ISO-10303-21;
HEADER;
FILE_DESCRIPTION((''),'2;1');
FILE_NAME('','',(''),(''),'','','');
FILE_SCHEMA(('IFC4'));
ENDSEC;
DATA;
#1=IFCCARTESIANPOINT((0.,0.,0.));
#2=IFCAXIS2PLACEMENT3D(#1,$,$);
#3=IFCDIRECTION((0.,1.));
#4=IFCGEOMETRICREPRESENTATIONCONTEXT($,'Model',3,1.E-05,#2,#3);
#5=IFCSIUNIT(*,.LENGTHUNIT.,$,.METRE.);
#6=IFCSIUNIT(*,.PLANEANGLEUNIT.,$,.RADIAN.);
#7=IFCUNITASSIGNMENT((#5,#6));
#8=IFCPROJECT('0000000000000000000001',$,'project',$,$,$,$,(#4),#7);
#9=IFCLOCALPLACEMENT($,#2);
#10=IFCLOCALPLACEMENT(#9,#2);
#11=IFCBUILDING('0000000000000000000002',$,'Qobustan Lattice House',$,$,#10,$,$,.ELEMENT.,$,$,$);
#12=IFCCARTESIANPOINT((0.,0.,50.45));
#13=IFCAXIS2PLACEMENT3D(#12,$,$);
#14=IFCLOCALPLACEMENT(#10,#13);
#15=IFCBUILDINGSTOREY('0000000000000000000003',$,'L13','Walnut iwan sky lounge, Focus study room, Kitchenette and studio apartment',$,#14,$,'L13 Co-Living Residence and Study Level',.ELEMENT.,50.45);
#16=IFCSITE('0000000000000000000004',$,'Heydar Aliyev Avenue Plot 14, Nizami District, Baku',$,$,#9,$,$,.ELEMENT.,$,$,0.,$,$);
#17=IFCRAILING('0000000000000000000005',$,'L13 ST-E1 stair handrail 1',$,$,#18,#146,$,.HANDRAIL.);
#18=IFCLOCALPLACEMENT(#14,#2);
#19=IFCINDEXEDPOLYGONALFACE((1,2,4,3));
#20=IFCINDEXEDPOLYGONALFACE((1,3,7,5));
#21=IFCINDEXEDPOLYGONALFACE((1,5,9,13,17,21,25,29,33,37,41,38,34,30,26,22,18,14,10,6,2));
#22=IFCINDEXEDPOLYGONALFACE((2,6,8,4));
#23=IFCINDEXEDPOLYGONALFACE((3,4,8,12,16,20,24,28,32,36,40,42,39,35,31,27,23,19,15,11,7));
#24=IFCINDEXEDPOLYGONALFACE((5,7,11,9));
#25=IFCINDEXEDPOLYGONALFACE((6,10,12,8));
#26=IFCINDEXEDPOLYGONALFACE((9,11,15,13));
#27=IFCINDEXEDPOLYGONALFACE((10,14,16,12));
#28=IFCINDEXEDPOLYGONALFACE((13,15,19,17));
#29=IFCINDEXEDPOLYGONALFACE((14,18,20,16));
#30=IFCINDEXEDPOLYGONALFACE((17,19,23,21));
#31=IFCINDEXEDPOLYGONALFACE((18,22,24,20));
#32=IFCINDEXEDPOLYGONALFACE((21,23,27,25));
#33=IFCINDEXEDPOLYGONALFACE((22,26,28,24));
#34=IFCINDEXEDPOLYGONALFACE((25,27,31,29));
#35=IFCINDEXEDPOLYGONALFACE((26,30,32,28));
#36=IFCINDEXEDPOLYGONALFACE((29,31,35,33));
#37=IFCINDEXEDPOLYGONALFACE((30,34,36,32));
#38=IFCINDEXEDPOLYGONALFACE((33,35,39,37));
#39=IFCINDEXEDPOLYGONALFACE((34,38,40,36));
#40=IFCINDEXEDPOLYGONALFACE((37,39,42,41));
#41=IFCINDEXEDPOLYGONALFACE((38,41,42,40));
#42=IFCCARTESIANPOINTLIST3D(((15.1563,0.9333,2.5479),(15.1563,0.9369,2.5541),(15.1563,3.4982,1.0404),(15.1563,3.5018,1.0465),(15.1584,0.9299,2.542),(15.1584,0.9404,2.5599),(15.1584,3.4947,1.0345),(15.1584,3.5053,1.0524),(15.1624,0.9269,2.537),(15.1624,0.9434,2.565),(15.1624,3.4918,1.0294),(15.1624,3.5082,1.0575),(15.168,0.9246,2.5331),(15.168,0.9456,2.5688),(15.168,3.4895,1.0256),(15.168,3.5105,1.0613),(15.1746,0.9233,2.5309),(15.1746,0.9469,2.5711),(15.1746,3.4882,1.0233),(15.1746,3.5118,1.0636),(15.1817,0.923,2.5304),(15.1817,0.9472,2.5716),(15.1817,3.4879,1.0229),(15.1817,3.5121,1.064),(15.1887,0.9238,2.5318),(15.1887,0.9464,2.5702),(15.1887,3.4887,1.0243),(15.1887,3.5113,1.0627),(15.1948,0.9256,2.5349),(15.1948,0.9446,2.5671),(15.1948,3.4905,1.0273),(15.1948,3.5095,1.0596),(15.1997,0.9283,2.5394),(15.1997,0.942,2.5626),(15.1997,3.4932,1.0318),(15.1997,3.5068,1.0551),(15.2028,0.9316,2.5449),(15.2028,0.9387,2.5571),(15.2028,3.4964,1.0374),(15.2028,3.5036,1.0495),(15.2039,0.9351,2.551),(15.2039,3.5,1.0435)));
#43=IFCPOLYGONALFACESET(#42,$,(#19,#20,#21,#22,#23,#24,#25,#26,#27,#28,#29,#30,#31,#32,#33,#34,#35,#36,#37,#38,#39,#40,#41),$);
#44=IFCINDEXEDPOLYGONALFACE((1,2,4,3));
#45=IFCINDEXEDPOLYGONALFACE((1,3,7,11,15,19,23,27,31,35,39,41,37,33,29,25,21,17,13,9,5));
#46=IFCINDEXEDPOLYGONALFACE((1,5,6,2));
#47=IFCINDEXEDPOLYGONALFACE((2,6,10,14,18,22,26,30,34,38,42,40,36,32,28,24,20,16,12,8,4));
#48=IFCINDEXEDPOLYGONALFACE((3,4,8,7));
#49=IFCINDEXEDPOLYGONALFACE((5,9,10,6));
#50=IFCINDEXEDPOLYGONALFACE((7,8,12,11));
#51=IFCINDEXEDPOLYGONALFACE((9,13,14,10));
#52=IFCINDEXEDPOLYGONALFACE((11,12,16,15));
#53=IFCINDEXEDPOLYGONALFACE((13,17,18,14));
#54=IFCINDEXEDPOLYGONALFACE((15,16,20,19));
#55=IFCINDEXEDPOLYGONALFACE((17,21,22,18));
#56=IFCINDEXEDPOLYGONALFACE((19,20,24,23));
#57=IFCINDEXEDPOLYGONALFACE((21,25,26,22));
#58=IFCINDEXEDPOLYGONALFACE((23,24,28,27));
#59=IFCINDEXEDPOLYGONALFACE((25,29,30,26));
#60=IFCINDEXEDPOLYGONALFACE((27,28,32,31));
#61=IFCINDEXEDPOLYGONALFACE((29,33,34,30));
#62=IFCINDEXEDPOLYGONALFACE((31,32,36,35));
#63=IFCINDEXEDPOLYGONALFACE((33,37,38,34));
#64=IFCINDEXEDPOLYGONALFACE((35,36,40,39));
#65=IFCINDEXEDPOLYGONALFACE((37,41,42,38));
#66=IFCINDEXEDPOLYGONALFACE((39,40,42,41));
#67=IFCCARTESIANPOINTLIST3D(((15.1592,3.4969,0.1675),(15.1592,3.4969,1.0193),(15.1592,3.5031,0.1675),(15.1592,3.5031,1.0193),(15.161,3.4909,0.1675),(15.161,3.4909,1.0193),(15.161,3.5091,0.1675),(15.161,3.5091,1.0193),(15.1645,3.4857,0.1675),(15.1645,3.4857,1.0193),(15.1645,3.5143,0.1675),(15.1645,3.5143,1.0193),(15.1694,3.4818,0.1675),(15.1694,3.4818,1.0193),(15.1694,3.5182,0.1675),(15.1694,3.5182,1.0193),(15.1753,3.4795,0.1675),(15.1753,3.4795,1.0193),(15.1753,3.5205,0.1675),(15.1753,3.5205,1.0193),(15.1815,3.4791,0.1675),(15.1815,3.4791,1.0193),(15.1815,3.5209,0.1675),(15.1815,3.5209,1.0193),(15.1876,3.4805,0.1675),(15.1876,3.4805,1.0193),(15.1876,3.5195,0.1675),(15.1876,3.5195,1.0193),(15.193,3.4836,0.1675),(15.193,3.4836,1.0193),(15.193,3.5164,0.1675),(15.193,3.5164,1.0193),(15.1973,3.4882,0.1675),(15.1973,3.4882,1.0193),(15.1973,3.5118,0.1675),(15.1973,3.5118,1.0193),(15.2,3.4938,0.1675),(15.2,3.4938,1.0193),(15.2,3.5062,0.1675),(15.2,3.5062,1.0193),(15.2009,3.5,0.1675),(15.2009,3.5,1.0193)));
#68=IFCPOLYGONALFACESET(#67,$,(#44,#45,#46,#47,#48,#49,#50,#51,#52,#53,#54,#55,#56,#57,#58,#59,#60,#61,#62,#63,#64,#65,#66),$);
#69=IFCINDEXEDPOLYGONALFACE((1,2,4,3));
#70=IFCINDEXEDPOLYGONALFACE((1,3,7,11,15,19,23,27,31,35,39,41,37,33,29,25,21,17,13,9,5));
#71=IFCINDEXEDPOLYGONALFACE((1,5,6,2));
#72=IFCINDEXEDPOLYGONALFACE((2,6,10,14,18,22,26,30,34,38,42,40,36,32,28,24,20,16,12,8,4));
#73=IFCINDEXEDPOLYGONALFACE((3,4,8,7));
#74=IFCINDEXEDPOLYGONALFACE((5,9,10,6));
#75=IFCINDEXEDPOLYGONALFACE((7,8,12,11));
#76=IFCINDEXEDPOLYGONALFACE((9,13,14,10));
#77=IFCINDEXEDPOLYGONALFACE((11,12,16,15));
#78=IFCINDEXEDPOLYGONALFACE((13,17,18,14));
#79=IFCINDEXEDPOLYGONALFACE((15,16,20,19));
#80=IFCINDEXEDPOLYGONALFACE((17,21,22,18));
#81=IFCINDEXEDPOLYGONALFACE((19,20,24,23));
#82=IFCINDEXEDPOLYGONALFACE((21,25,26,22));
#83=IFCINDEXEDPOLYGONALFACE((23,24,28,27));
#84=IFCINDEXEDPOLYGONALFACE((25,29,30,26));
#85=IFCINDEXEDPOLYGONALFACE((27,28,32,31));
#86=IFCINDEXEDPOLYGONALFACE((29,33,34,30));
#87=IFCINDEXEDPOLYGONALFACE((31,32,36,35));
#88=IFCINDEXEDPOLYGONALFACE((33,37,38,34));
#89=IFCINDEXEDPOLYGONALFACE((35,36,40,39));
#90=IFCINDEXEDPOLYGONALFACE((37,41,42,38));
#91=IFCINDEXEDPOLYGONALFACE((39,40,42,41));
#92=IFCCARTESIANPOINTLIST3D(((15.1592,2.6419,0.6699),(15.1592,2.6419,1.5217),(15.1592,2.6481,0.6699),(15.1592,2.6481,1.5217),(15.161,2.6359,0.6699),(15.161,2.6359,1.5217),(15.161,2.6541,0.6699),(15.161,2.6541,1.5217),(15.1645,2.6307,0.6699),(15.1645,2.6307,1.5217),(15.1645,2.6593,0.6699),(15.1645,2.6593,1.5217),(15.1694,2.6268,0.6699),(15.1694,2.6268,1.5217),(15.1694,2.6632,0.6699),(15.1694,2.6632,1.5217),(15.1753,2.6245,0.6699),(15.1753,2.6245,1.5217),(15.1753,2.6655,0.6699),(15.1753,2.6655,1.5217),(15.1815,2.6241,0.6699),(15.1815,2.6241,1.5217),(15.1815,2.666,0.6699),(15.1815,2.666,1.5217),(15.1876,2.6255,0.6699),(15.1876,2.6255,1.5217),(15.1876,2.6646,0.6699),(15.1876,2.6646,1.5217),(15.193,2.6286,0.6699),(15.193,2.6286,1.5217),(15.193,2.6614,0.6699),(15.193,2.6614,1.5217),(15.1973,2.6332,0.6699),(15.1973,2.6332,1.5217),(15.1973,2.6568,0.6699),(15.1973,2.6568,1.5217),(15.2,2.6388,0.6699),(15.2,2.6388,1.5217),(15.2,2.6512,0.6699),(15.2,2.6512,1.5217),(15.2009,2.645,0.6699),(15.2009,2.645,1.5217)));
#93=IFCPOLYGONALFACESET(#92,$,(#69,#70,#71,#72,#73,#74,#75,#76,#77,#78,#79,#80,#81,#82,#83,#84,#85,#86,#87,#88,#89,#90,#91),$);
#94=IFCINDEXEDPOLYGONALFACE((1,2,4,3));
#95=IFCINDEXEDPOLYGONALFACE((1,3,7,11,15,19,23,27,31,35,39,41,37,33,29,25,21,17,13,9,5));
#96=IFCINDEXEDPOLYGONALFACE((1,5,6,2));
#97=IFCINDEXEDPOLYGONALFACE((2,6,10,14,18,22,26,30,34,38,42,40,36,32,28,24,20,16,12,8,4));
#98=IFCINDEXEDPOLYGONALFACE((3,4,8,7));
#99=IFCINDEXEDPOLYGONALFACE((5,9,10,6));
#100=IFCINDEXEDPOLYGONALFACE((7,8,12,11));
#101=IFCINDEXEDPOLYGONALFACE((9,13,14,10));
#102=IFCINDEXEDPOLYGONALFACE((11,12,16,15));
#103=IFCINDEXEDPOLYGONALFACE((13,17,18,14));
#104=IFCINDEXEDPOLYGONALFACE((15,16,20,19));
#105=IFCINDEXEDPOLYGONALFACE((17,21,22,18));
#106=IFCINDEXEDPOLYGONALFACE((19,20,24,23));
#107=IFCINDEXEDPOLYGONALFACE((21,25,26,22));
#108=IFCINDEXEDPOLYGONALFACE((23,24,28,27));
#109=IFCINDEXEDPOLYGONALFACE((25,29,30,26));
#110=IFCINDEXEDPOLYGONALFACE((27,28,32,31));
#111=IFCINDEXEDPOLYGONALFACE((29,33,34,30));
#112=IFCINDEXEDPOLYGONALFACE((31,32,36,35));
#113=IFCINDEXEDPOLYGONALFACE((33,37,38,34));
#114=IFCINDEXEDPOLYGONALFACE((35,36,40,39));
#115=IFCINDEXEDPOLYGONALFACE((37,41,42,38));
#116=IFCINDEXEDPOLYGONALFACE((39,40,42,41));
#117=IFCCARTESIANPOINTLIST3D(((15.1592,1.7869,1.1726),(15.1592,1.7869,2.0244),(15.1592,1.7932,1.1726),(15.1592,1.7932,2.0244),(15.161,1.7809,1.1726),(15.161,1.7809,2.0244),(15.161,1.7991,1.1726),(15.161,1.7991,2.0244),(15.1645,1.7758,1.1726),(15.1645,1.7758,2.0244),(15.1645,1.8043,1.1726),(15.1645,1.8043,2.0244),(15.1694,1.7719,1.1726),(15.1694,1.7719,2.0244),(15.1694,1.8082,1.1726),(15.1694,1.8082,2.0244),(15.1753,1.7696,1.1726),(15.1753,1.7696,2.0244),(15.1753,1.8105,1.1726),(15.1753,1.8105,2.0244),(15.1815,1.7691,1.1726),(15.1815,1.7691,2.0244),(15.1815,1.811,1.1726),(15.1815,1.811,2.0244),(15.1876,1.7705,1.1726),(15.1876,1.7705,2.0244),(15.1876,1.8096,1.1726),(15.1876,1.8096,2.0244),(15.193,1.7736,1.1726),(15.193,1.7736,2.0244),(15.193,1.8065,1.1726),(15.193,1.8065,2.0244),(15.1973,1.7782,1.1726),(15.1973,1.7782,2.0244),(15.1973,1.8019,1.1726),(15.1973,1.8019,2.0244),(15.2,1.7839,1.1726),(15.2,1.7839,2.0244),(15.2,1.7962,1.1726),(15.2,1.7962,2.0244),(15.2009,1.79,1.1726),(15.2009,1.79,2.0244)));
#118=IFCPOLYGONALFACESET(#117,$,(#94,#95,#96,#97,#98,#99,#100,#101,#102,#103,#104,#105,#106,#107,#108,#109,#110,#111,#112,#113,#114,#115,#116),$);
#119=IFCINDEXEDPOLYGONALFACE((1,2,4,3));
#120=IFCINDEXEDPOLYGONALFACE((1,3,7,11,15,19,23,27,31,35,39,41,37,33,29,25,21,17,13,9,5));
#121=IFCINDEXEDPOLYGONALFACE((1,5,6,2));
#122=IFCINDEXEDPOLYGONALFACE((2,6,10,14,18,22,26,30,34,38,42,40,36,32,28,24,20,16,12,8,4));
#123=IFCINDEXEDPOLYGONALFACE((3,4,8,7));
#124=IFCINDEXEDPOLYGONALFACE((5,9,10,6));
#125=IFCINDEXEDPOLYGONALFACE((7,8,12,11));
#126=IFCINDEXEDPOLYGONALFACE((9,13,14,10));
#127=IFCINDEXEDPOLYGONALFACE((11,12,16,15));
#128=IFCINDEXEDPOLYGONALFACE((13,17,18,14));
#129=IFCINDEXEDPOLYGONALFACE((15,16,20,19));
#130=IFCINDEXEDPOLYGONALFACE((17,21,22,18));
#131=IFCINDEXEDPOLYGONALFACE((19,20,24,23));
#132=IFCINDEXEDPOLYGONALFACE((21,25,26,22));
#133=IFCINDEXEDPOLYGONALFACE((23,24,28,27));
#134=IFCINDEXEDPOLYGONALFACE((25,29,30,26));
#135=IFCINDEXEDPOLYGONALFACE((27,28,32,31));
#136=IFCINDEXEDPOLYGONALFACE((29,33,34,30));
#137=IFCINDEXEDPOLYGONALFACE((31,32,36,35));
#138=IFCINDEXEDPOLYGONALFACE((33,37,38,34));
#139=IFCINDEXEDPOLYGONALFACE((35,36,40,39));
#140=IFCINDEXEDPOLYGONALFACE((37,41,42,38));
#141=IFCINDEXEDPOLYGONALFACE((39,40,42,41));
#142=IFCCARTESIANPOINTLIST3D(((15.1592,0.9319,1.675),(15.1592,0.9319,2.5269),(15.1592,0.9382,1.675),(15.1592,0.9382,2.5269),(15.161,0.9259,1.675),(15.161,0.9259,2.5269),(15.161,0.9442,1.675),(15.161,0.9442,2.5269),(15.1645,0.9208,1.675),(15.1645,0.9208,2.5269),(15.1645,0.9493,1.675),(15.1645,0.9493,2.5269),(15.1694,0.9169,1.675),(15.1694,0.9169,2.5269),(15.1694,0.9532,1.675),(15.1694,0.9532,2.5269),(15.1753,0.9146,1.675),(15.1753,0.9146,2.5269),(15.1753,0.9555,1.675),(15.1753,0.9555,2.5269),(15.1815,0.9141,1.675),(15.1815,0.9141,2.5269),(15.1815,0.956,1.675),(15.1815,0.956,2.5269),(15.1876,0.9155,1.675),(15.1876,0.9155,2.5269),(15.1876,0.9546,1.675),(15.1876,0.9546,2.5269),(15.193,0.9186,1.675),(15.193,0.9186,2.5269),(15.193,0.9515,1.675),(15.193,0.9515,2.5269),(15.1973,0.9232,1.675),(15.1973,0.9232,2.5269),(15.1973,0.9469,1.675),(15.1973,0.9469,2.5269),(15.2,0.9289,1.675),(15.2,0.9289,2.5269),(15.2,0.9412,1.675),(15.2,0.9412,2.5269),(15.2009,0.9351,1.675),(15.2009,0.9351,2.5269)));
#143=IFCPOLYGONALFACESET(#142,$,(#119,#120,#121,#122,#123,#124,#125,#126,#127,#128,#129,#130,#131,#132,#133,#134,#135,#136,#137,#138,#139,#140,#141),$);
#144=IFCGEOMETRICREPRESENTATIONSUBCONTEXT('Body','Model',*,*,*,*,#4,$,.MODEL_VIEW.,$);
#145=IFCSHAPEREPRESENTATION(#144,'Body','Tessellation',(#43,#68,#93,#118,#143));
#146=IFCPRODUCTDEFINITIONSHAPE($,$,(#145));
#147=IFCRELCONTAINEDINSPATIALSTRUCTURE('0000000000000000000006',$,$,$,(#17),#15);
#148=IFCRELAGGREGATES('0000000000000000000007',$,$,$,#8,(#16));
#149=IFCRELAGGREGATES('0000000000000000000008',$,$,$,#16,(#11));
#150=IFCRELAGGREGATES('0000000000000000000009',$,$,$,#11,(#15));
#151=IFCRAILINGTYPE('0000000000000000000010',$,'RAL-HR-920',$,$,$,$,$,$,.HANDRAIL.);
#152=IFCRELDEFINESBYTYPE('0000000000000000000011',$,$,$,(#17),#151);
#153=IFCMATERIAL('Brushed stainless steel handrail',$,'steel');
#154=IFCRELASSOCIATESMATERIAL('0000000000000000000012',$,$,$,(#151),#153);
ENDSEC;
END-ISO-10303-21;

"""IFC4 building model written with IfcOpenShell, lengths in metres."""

from ifc_helpers import new_model, si_unit, direction, frame, origin, origin_2d, place, context, subcontext, project, spatial, circle, extrude, material, type_object, element, save


model = new_model("IFC4")

# Units and contexts
model_context = context("Model", 3, precision=1e-05, world=origin(), true_north=direction((0.0, 1.0)))
body_context = subcontext(model_context, "Body", "Model", "MODEL_VIEW")
ifc_project = project(units=[si_unit("LENGTHUNIT", "METRE"), si_unit("PLANEANGLEUNIT", "RADIAN")], contexts=[model_context])

# Site, building, storey
site_placement = place(None, origin())
site = spatial("IfcSite", under=ifc_project, at=site_placement, Name="Heydar Aliyev Avenue Plot 14, Nizami District, Baku", CompositionType="ELEMENT", RefElevation=0.0)
building_placement = place(site_placement, origin())
building = spatial("IfcBuilding", under=site, at=building_placement, Name="Qobustan Lattice House", CompositionType="ELEMENT")
storey_placement = place(building_placement, frame((0.0, 0.0, 50.45)))
storey = spatial("IfcBuildingStorey", under=building, at=storey_placement, Name="L13", Description="Walnut iwan sky lounge, Focus study room, Kitchenette and studio apartment", LongName="L13 Co-Living Residence and Study Level", CompositionType="ELEMENT", Elevation=50.45)

# Railing
ifc_material_1 = material(Name="Brushed stainless steel handrail", Category="steel")
railing_type_1 = type_object("IfcRailingType", Name="RAL-HR-920", PredefinedType="HANDRAIL", material=ifc_material_1)
railing_1_placement = place(storey_placement, frame((15.1799, 3.5, 0.1675)))
element("IfcRailing", 1, at=railing_1_placement, inside=storey, type_object=railing_type_1, Name="L13 ST-E1 stair handrail 1", PredefinedType="HANDRAIL", context=body_context, shape_type="SweptSolid", body=[
    extrude(circle(Radius=0.0239, at=origin_2d()), frame((0.0, 0.0, 0.876), z_axis=(0.0, -0.862113, 0.506715), x_axis=(1.0, 0.0, 0.0)), (0.0, 0.0, 1.0), 2.9751),
    extrude(circle(Radius=0.021, at=origin_2d()), origin(), (0.0, 0.0, 1.0), 0.8518),
    extrude(circle(Radius=0.021, at=origin_2d()), frame((0.0, -0.855, 0.5024)), (0.0, 0.0, 1.0), 0.8518),
    extrude(circle(Radius=0.021, at=origin_2d()), frame((0.0, -1.71, 1.0051)), (0.0, 0.0, 1.0), 0.8518),
    extrude(circle(Radius=0.021, at=origin_2d()), frame((0.0, -2.5649, 1.5076)), (0.0, 0.0, 1.0), 0.8518),
])

save(model, "model.ifc")
